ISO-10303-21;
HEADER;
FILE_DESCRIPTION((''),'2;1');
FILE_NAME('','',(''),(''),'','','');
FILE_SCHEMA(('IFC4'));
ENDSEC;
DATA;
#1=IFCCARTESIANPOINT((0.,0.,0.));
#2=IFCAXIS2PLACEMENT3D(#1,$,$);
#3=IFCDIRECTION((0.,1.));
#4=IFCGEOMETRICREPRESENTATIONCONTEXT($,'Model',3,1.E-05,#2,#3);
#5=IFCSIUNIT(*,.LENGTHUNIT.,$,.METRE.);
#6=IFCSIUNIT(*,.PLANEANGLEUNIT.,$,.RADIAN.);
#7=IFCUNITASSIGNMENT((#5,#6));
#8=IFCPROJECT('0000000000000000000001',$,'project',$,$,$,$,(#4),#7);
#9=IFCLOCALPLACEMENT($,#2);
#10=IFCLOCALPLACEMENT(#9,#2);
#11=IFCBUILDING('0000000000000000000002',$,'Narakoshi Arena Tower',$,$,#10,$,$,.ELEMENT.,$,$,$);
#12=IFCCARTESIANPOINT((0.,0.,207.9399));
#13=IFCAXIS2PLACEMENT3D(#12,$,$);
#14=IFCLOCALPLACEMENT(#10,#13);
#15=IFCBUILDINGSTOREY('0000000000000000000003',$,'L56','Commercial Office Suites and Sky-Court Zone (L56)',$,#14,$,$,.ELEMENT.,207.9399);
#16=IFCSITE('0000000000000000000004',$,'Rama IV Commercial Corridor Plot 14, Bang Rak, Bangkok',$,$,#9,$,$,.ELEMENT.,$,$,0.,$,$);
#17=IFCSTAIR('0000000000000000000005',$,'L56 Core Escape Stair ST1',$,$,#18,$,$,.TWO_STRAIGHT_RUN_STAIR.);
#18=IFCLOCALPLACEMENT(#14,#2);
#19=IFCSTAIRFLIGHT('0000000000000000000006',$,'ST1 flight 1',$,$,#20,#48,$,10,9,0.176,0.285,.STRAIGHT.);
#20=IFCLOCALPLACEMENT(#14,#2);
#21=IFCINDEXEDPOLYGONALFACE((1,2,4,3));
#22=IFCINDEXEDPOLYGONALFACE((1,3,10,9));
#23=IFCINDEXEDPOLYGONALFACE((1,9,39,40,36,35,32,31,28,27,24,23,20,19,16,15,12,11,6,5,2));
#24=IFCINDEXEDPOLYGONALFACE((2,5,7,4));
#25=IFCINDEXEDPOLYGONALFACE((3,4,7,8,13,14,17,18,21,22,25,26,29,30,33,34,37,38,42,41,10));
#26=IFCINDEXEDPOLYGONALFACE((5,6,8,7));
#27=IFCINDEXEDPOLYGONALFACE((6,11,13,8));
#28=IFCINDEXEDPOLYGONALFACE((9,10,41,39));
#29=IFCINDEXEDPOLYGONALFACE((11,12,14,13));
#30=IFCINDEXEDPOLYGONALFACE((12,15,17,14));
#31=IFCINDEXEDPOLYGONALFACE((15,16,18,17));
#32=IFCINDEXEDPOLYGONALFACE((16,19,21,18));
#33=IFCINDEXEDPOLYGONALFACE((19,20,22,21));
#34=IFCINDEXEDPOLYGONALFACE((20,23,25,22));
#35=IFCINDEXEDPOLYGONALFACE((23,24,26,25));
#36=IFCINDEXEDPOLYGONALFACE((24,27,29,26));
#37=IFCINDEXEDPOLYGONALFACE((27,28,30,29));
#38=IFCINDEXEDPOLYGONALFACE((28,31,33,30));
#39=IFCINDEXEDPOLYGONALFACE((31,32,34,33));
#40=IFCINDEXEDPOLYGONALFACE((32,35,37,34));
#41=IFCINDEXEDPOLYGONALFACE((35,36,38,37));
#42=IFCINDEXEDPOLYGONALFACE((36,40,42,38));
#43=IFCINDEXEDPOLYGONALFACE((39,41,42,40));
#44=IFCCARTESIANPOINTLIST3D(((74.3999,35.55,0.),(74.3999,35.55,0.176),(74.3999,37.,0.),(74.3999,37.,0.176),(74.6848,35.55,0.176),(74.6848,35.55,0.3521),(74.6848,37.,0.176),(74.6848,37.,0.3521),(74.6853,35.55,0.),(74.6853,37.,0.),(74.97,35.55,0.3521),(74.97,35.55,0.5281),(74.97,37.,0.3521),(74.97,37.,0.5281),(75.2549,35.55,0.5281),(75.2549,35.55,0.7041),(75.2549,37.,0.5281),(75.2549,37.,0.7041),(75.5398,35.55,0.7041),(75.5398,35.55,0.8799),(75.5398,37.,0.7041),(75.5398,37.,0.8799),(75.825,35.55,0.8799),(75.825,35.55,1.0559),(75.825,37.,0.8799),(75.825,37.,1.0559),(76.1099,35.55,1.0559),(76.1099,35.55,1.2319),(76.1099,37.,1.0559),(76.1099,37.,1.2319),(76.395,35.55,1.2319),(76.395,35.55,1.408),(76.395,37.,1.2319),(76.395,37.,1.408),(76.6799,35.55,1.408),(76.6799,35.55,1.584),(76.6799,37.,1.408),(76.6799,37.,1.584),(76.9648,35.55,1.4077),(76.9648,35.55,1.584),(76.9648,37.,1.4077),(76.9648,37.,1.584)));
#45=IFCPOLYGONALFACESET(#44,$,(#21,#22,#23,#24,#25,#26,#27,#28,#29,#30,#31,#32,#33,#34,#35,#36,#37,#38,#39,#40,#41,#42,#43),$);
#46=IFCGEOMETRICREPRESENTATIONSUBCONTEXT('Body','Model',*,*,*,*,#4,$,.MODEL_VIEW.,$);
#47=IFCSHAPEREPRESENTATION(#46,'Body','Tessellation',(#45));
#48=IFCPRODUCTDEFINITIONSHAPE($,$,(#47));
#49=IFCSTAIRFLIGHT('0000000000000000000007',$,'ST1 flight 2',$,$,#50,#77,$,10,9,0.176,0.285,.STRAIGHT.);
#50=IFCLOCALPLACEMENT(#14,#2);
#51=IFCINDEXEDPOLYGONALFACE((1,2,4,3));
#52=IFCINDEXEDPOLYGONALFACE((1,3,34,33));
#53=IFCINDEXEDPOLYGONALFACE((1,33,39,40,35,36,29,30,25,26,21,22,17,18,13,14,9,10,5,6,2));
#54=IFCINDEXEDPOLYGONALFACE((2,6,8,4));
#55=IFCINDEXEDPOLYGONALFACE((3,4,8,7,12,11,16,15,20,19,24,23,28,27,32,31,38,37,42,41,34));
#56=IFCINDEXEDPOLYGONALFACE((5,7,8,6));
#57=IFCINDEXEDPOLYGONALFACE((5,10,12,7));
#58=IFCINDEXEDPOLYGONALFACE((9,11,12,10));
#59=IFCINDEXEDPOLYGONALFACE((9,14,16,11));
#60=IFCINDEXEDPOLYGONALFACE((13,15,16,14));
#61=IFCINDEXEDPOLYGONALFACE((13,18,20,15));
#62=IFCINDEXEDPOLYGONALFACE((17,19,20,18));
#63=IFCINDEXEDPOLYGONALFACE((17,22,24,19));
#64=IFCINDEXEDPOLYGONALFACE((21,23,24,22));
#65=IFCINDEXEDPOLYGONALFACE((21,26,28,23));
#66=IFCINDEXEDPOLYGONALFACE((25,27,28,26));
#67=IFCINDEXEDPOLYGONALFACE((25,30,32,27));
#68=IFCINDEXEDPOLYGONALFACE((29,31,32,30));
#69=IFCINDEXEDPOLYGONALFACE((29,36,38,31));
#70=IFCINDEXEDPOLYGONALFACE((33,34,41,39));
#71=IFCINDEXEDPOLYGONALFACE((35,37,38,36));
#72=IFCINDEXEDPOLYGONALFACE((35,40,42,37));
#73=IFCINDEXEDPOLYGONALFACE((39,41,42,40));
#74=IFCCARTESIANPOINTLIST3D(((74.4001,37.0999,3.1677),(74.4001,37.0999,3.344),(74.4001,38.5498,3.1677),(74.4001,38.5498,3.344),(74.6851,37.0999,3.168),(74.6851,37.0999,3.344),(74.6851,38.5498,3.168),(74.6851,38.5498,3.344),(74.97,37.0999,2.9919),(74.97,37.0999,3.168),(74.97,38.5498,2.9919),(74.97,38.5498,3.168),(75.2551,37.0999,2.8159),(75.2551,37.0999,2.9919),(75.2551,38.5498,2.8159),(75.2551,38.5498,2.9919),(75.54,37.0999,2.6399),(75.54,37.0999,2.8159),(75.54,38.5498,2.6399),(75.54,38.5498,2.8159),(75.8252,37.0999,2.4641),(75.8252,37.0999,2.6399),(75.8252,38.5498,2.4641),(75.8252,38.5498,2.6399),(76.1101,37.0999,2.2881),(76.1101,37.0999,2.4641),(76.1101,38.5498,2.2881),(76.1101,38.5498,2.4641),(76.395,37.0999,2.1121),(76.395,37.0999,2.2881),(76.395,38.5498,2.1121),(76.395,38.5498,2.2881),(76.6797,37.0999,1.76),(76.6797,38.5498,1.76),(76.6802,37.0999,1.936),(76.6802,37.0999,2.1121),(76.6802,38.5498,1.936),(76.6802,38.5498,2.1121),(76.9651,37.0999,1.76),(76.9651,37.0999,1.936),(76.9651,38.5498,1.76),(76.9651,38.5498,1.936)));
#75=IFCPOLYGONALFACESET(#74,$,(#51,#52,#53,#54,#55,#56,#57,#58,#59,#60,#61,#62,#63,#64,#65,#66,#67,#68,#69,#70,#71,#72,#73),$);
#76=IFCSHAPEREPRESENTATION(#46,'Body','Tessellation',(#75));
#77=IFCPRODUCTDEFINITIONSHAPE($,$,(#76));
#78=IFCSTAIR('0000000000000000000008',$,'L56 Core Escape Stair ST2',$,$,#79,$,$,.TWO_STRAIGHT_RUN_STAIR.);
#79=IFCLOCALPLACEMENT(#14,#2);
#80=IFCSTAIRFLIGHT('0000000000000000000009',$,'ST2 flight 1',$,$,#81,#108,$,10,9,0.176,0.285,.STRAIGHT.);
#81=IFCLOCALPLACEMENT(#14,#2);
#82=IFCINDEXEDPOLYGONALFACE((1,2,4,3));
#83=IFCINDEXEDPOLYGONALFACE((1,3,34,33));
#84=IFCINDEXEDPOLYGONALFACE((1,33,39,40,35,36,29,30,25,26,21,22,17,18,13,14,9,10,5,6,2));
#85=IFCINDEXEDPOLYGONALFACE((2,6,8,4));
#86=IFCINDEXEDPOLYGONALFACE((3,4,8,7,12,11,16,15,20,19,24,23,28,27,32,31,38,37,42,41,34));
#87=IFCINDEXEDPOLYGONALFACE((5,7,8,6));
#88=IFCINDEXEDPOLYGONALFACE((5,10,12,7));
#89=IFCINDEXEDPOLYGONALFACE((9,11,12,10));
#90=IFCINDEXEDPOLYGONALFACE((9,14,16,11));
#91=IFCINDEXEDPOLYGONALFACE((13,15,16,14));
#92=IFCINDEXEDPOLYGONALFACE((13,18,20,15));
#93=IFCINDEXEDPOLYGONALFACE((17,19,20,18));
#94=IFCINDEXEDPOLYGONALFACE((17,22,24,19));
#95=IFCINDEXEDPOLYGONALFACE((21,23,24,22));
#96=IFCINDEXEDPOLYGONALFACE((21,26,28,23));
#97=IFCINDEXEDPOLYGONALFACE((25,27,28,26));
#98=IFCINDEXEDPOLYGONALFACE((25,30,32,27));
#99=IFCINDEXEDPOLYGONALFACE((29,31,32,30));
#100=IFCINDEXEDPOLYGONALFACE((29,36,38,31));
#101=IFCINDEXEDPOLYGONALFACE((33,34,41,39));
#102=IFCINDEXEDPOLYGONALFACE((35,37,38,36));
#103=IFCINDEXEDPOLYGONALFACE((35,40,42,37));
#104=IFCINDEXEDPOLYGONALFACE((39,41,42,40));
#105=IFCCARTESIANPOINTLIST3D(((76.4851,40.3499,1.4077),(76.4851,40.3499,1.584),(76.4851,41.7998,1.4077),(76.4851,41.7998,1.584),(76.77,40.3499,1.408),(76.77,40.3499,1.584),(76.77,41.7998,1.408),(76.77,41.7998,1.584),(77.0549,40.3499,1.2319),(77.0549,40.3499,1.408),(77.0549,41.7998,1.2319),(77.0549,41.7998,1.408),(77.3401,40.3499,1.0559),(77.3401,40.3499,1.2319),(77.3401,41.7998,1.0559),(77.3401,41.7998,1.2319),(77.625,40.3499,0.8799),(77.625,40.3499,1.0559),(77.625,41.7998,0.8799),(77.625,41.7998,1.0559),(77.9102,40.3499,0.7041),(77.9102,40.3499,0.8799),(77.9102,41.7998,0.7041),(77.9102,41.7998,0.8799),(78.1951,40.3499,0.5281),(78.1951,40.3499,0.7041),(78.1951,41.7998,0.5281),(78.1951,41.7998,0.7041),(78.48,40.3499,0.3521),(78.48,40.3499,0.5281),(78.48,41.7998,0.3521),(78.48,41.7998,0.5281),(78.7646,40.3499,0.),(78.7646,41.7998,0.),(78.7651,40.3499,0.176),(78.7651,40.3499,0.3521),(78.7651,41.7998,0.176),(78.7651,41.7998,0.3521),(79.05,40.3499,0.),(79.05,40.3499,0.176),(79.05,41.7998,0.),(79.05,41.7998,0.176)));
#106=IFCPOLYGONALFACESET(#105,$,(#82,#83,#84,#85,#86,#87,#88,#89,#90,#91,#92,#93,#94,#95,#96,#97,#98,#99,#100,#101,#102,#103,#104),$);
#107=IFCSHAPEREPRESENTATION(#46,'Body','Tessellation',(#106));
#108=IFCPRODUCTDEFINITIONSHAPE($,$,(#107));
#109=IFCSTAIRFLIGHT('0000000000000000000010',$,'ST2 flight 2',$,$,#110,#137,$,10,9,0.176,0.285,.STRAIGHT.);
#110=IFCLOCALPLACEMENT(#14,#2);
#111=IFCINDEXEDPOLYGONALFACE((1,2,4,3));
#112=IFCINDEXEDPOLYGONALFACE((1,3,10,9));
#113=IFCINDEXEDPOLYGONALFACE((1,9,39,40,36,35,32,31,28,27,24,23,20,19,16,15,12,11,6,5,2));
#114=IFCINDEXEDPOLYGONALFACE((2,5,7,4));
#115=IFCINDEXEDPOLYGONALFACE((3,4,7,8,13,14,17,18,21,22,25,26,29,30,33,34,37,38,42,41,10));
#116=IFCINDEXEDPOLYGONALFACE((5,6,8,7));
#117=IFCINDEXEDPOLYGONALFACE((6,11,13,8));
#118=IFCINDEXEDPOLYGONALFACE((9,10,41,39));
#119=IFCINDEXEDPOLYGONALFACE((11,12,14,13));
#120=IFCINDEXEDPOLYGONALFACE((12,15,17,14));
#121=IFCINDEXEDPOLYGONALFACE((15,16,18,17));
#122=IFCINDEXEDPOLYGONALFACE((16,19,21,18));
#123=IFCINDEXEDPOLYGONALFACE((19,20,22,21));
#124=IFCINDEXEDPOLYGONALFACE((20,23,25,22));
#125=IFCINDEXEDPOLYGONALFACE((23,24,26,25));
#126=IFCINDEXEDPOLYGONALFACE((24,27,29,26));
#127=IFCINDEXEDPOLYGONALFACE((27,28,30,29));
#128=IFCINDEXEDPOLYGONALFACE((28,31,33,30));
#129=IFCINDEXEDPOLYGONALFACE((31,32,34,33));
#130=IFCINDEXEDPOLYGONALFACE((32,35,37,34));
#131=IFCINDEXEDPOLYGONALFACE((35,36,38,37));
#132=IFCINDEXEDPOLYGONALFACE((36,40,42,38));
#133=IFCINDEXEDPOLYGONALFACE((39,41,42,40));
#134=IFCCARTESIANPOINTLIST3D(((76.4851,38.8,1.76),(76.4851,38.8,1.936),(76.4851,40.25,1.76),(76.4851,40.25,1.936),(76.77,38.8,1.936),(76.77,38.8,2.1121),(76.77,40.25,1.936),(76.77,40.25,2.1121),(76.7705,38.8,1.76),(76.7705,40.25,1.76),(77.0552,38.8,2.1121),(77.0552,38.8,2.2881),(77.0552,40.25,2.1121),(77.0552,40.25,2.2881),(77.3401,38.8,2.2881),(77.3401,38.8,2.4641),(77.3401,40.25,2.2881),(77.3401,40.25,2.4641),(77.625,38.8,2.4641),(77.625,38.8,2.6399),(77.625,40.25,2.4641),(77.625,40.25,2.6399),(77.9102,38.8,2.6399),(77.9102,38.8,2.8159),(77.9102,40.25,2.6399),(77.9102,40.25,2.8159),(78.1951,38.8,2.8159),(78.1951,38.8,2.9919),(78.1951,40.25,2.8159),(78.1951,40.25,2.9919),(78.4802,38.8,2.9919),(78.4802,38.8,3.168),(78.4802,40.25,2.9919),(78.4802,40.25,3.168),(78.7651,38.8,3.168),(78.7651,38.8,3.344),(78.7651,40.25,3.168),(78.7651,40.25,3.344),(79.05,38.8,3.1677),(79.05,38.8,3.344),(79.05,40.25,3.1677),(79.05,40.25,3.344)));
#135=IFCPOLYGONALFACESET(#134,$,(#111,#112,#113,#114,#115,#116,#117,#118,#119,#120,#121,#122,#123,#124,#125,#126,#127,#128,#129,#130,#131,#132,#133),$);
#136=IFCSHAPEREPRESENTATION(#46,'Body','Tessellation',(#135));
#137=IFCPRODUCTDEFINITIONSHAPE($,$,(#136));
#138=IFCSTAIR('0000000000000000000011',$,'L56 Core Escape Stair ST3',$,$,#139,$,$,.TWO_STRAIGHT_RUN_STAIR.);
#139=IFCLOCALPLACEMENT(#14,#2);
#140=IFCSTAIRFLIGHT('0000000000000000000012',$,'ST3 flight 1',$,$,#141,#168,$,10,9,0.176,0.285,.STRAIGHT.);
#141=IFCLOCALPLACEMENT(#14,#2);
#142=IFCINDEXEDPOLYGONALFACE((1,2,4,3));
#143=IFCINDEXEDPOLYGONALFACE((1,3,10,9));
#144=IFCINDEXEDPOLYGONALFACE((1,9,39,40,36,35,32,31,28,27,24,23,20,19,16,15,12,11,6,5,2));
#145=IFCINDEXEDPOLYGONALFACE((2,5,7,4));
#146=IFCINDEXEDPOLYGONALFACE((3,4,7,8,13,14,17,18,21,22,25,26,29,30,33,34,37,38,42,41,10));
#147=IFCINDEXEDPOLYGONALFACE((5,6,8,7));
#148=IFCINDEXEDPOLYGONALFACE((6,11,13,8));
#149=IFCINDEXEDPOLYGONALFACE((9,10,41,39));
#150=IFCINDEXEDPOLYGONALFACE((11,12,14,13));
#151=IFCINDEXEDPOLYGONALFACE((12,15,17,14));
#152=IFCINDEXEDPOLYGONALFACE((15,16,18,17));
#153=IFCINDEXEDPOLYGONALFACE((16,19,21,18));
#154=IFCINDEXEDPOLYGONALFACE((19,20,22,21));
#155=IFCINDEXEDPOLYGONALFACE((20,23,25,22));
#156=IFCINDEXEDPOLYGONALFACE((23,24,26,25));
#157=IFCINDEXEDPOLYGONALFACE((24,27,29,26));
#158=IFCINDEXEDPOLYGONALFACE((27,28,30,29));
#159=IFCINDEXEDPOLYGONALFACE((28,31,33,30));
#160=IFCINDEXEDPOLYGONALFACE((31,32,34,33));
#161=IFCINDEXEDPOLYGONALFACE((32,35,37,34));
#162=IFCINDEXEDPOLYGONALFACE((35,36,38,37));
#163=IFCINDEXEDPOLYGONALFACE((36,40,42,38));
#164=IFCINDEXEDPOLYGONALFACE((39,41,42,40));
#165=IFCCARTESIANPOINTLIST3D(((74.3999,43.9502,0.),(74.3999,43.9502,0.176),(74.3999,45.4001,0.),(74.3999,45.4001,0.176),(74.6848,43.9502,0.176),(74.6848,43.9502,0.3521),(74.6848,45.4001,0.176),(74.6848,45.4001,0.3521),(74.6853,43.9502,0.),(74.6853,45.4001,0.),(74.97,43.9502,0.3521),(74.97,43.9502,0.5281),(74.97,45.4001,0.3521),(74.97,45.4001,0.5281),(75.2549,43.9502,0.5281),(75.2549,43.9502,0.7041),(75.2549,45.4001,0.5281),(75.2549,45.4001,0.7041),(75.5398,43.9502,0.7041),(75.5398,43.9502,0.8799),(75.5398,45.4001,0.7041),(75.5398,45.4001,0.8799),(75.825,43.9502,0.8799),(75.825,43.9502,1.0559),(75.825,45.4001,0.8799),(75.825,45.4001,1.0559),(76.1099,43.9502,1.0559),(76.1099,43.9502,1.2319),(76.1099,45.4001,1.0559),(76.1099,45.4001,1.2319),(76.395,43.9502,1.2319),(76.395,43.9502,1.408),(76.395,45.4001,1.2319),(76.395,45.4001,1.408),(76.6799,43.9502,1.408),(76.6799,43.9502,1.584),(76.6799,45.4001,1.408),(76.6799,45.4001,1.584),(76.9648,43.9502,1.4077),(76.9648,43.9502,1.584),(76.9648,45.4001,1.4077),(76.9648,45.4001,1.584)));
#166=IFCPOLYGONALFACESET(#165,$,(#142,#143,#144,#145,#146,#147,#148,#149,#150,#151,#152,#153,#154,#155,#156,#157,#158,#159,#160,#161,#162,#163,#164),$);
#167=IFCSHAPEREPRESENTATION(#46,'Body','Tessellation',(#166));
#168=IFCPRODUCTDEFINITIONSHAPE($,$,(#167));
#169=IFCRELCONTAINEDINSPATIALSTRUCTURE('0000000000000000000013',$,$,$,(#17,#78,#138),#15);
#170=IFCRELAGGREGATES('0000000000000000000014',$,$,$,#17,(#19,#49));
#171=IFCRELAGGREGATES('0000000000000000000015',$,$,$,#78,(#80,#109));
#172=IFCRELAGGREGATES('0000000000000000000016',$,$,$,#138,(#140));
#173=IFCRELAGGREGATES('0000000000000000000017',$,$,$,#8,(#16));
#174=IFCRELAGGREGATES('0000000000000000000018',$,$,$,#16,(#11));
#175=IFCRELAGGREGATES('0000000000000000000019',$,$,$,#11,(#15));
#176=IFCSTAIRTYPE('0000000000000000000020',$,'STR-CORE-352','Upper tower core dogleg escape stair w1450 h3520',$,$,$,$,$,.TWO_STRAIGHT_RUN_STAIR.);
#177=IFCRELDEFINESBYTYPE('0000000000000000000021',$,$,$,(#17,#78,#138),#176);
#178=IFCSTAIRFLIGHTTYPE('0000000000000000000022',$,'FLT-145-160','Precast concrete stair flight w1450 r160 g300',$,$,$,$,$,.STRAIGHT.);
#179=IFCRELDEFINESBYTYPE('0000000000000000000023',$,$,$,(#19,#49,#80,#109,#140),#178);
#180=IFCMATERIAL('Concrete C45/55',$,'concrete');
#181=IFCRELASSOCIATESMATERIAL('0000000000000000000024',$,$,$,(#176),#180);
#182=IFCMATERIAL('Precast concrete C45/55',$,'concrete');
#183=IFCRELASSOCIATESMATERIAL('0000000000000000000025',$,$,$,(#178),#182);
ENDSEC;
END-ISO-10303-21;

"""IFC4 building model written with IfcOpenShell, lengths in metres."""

from ifc_helpers import new_model, si_unit, direction, frame, origin, place, context, subcontext, project, spatial, polyline, outline, extrude, material, type_object, element, aggregate, save


model = new_model("IFC4")

# Units and contexts
model_context = context("Model", 3, precision=1e-05, world=origin(), true_north=direction((0.0, 1.0)))
body_context = subcontext(model_context, "Body", "Model", "MODEL_VIEW")
ifc_project = project(units=[si_unit("LENGTHUNIT", "METRE"), si_unit("PLANEANGLEUNIT", "RADIAN")], contexts=[model_context])

# Site, building, storey
site_placement = place(None, origin())
site = spatial("IfcSite", under=ifc_project, at=site_placement, Name="Rama IV Commercial Corridor Plot 14, Bang Rak, Bangkok", CompositionType="ELEMENT", RefElevation=0.0)
building_placement = place(site_placement, origin())
building = spatial("IfcBuilding", under=site, at=building_placement, Name="Narakoshi Arena Tower", CompositionType="ELEMENT")
storey_placement = place(building_placement, frame((0.0, 0.0, 207.9399)))
storey = spatial("IfcBuildingStorey", under=building, at=storey_placement, Name="L56", Description="Commercial Office Suites and Sky-Court Zone (L56)", CompositionType="ELEMENT", Elevation=207.9399)

# Shared definitions
ifc_material_1 = material(Name="Precast concrete C45/55", Category="concrete")

# Stairs, stair flights
ifc_material_2 = material(Name="Concrete C45/55", Category="concrete")
stair_type = type_object("IfcStairType", Name="STR-CORE-352", Description="Upper tower core dogleg escape stair w1450 h3520", PredefinedType="TWO_STRAIGHT_RUN_STAIR", material=ifc_material_2)
stair_1_placement = place(storey_placement, origin())
stair_1 = element("IfcStair", 1, at=stair_1_placement, inside=storey, type_object=stair_type, Name="L56 Core Escape Stair ST1", PredefinedType="TWO_STRAIGHT_RUN_STAIR")
stair_flight_type = type_object("IfcStairFlightType", Name="FLT-145-160", Description="Precast concrete stair flight w1450 r160 g300", PredefinedType="STRAIGHT", material=ifc_material_1)
stair_flight_1_placement = place(storey_placement, frame((74.3999, 36.2749, 0.0), z_axis=(0.0, 0.0, 1.0), x_axis=(1.0, 0.0, 0.0)))
stair_flight_1 = element("IfcStairFlight", 2, at=stair_flight_1_placement, type_object=stair_flight_type, Name="ST1 flight 1", NumberOfRisers=10, NumberOfTreads=9, PredefinedType="STRAIGHT", RiserHeight=0.176, TreadLength=0.285, context=body_context, shape_type="SweptSolid", body=[
    extrude(outline(polyline([(0.0, 0.0), (0.0, 0.176), (0.2849, 0.176), (0.2849, 0.3521), (0.5701, 0.3521), (0.5701, 0.5281), (0.855, 0.5281), (0.855, 0.7041), (1.1399, 0.7041), (1.1399, 0.8799), (1.425, 0.8799), (1.425, 1.0559), (1.71, 1.0559), (1.71, 1.2319), (1.9951, 1.2319), (1.9951, 1.408), (2.28, 1.408), (2.28, 1.584), (2.5649, 1.584), (2.5649, 1.76), (2.5649, 1.4077), (0.2854, 0.0), (0.0, 0.0)])), frame((0.0, 0.7251, 0.0), z_axis=(0.0, -1.0, 0.0), x_axis=(1.0, 0.0, 0.0)), (0.0, 0.0, 1.0), 1.45),
])
stair_flight_2_placement = place(storey_placement, frame((76.9651, 37.825, 1.76), z_axis=(0.0, 0.0, 1.0), x_axis=(-1.0, 0.0, 0.0)))
stair_flight_2 = element("IfcStairFlight", 3, at=stair_flight_2_placement, type_object=stair_flight_type, Name="ST1 flight 2", NumberOfRisers=10, NumberOfTreads=9, PredefinedType="STRAIGHT", RiserHeight=0.176, TreadLength=0.285, context=body_context, shape_type="SweptSolid", body=[
    extrude(outline(polyline([(0.0, 0.0), (0.0, 0.176), (0.2849, 0.176), (0.2849, 0.3521), (0.5701, 0.3521), (0.5701, 0.5281), (0.855, 0.5281), (0.855, 0.7041), (1.1399, 0.7041), (1.1399, 0.8799), (1.425, 0.8799), (1.425, 1.0559), (1.71, 1.0559), (1.71, 1.2319), (1.9951, 1.2319), (1.9951, 1.408), (2.28, 1.408), (2.28, 1.584), (2.5649, 1.584), (2.5649, 1.76), (2.5649, 1.4077), (0.2854, 0.0), (0.0, 0.0)])), frame((0.0, 0.7251, 0.0), z_axis=(0.0, -1.0, 0.0), x_axis=(1.0, 0.0, 0.0)), (0.0, 0.0, 1.0), 1.45),
])
aggregate(stair_1, [stair_flight_1, stair_flight_2])
stair_2_placement = place(storey_placement, origin())
stair_2 = element("IfcStair", 4, at=stair_2_placement, inside=storey, type_object=stair_type, Name="L56 Core Escape Stair ST2", PredefinedType="TWO_STRAIGHT_RUN_STAIR")
stair_flight_3_placement = place(storey_placement, frame((79.05, 41.075, 0.0), z_axis=(0.0, 0.0, 1.0), x_axis=(-1.0, 0.0, 0.0)))
stair_flight_3 = element("IfcStairFlight", 5, at=stair_flight_3_placement, type_object=stair_flight_type, Name="ST2 flight 1", NumberOfRisers=10, NumberOfTreads=9, PredefinedType="STRAIGHT", RiserHeight=0.176, TreadLength=0.285, context=body_context, shape_type="SweptSolid", body=[
    extrude(outline(polyline([(0.0, 0.0), (0.0, 0.176), (0.2849, 0.176), (0.2849, 0.3521), (0.5701, 0.3521), (0.5701, 0.5281), (0.855, 0.5281), (0.855, 0.7041), (1.1399, 0.7041), (1.1399, 0.8799), (1.425, 0.8799), (1.425, 1.0559), (1.71, 1.0559), (1.71, 1.2319), (1.9951, 1.2319), (1.9951, 1.408), (2.28, 1.408), (2.28, 1.584), (2.5649, 1.584), (2.5649, 1.76), (2.5649, 1.4077), (0.2854, 0.0), (0.0, 0.0)])), frame((0.0, 0.7251, 0.0), z_axis=(0.0, -1.0, 0.0), x_axis=(1.0, 0.0, 0.0)), (0.0, 0.0, 1.0), 1.45),
])
stair_flight_4_placement = place(storey_placement, frame((76.4851, 39.5249, 1.76), z_axis=(0.0, 0.0, 1.0), x_axis=(1.0, 0.0, 0.0)))
stair_flight_4 = element("IfcStairFlight", 6, at=stair_flight_4_placement, type_object=stair_flight_type, Name="ST2 flight 2", NumberOfRisers=10, NumberOfTreads=9, PredefinedType="STRAIGHT", RiserHeight=0.176, TreadLength=0.285, context=body_context, shape_type="SweptSolid", body=[
    extrude(outline(polyline([(0.0, 0.0), (0.0, 0.176), (0.2849, 0.176), (0.2849, 0.3521), (0.5701, 0.3521), (0.5701, 0.5281), (0.855, 0.5281), (0.855, 0.7041), (1.1399, 0.7041), (1.1399, 0.8799), (1.425, 0.8799), (1.425, 1.0559), (1.71, 1.0559), (1.71, 1.2319), (1.9951, 1.2319), (1.9951, 1.408), (2.28, 1.408), (2.28, 1.584), (2.5649, 1.584), (2.5649, 1.76), (2.5649, 1.4077), (0.2854, 0.0), (0.0, 0.0)])), frame((0.0, 0.7251, 0.0), z_axis=(0.0, -1.0, 0.0), x_axis=(1.0, 0.0, 0.0)), (0.0, 0.0, 1.0), 1.45),
])
aggregate(stair_2, [stair_flight_3, stair_flight_4])

# Stair, stair flight
stair_3_placement = place(storey_placement, origin())
stair_3 = element("IfcStair", 7, at=stair_3_placement, inside=storey, type_object=stair_type, Name="L56 Core Escape Stair ST3", PredefinedType="TWO_STRAIGHT_RUN_STAIR")
stair_flight_5_placement = place(storey_placement, frame((74.3999, 44.675, 0.0), z_axis=(0.0, 0.0, 1.0), x_axis=(1.0, 0.0, 0.0)))
stair_flight_5 = element("IfcStairFlight", 8, at=stair_flight_5_placement, type_object=stair_flight_type, Name="ST3 flight 1", NumberOfRisers=10, NumberOfTreads=9, PredefinedType="STRAIGHT", RiserHeight=0.176, TreadLength=0.285, context=body_context, shape_type="SweptSolid", body=[
    extrude(outline(polyline([(0.0, 0.0), (0.0, 0.176), (0.2849, 0.176), (0.2849, 0.3521), (0.5701, 0.3521), (0.5701, 0.5281), (0.855, 0.5281), (0.855, 0.7041), (1.1399, 0.7041), (1.1399, 0.8799), (1.425, 0.8799), (1.425, 1.0559), (1.71, 1.0559), (1.71, 1.2319), (1.9951, 1.2319), (1.9951, 1.408), (2.28, 1.408), (2.28, 1.584), (2.5649, 1.584), (2.5649, 1.76), (2.5649, 1.4077), (0.2854, 0.0), (0.0, 0.0)])), frame((0.0, 0.7251, 0.0), z_axis=(0.0, -1.0, 0.0), x_axis=(1.0, 0.0, 0.0)), (0.0, 0.0, 1.0), 1.45),
])
aggregate(stair_3, [stair_flight_5])

save(model, "model.ifc")
